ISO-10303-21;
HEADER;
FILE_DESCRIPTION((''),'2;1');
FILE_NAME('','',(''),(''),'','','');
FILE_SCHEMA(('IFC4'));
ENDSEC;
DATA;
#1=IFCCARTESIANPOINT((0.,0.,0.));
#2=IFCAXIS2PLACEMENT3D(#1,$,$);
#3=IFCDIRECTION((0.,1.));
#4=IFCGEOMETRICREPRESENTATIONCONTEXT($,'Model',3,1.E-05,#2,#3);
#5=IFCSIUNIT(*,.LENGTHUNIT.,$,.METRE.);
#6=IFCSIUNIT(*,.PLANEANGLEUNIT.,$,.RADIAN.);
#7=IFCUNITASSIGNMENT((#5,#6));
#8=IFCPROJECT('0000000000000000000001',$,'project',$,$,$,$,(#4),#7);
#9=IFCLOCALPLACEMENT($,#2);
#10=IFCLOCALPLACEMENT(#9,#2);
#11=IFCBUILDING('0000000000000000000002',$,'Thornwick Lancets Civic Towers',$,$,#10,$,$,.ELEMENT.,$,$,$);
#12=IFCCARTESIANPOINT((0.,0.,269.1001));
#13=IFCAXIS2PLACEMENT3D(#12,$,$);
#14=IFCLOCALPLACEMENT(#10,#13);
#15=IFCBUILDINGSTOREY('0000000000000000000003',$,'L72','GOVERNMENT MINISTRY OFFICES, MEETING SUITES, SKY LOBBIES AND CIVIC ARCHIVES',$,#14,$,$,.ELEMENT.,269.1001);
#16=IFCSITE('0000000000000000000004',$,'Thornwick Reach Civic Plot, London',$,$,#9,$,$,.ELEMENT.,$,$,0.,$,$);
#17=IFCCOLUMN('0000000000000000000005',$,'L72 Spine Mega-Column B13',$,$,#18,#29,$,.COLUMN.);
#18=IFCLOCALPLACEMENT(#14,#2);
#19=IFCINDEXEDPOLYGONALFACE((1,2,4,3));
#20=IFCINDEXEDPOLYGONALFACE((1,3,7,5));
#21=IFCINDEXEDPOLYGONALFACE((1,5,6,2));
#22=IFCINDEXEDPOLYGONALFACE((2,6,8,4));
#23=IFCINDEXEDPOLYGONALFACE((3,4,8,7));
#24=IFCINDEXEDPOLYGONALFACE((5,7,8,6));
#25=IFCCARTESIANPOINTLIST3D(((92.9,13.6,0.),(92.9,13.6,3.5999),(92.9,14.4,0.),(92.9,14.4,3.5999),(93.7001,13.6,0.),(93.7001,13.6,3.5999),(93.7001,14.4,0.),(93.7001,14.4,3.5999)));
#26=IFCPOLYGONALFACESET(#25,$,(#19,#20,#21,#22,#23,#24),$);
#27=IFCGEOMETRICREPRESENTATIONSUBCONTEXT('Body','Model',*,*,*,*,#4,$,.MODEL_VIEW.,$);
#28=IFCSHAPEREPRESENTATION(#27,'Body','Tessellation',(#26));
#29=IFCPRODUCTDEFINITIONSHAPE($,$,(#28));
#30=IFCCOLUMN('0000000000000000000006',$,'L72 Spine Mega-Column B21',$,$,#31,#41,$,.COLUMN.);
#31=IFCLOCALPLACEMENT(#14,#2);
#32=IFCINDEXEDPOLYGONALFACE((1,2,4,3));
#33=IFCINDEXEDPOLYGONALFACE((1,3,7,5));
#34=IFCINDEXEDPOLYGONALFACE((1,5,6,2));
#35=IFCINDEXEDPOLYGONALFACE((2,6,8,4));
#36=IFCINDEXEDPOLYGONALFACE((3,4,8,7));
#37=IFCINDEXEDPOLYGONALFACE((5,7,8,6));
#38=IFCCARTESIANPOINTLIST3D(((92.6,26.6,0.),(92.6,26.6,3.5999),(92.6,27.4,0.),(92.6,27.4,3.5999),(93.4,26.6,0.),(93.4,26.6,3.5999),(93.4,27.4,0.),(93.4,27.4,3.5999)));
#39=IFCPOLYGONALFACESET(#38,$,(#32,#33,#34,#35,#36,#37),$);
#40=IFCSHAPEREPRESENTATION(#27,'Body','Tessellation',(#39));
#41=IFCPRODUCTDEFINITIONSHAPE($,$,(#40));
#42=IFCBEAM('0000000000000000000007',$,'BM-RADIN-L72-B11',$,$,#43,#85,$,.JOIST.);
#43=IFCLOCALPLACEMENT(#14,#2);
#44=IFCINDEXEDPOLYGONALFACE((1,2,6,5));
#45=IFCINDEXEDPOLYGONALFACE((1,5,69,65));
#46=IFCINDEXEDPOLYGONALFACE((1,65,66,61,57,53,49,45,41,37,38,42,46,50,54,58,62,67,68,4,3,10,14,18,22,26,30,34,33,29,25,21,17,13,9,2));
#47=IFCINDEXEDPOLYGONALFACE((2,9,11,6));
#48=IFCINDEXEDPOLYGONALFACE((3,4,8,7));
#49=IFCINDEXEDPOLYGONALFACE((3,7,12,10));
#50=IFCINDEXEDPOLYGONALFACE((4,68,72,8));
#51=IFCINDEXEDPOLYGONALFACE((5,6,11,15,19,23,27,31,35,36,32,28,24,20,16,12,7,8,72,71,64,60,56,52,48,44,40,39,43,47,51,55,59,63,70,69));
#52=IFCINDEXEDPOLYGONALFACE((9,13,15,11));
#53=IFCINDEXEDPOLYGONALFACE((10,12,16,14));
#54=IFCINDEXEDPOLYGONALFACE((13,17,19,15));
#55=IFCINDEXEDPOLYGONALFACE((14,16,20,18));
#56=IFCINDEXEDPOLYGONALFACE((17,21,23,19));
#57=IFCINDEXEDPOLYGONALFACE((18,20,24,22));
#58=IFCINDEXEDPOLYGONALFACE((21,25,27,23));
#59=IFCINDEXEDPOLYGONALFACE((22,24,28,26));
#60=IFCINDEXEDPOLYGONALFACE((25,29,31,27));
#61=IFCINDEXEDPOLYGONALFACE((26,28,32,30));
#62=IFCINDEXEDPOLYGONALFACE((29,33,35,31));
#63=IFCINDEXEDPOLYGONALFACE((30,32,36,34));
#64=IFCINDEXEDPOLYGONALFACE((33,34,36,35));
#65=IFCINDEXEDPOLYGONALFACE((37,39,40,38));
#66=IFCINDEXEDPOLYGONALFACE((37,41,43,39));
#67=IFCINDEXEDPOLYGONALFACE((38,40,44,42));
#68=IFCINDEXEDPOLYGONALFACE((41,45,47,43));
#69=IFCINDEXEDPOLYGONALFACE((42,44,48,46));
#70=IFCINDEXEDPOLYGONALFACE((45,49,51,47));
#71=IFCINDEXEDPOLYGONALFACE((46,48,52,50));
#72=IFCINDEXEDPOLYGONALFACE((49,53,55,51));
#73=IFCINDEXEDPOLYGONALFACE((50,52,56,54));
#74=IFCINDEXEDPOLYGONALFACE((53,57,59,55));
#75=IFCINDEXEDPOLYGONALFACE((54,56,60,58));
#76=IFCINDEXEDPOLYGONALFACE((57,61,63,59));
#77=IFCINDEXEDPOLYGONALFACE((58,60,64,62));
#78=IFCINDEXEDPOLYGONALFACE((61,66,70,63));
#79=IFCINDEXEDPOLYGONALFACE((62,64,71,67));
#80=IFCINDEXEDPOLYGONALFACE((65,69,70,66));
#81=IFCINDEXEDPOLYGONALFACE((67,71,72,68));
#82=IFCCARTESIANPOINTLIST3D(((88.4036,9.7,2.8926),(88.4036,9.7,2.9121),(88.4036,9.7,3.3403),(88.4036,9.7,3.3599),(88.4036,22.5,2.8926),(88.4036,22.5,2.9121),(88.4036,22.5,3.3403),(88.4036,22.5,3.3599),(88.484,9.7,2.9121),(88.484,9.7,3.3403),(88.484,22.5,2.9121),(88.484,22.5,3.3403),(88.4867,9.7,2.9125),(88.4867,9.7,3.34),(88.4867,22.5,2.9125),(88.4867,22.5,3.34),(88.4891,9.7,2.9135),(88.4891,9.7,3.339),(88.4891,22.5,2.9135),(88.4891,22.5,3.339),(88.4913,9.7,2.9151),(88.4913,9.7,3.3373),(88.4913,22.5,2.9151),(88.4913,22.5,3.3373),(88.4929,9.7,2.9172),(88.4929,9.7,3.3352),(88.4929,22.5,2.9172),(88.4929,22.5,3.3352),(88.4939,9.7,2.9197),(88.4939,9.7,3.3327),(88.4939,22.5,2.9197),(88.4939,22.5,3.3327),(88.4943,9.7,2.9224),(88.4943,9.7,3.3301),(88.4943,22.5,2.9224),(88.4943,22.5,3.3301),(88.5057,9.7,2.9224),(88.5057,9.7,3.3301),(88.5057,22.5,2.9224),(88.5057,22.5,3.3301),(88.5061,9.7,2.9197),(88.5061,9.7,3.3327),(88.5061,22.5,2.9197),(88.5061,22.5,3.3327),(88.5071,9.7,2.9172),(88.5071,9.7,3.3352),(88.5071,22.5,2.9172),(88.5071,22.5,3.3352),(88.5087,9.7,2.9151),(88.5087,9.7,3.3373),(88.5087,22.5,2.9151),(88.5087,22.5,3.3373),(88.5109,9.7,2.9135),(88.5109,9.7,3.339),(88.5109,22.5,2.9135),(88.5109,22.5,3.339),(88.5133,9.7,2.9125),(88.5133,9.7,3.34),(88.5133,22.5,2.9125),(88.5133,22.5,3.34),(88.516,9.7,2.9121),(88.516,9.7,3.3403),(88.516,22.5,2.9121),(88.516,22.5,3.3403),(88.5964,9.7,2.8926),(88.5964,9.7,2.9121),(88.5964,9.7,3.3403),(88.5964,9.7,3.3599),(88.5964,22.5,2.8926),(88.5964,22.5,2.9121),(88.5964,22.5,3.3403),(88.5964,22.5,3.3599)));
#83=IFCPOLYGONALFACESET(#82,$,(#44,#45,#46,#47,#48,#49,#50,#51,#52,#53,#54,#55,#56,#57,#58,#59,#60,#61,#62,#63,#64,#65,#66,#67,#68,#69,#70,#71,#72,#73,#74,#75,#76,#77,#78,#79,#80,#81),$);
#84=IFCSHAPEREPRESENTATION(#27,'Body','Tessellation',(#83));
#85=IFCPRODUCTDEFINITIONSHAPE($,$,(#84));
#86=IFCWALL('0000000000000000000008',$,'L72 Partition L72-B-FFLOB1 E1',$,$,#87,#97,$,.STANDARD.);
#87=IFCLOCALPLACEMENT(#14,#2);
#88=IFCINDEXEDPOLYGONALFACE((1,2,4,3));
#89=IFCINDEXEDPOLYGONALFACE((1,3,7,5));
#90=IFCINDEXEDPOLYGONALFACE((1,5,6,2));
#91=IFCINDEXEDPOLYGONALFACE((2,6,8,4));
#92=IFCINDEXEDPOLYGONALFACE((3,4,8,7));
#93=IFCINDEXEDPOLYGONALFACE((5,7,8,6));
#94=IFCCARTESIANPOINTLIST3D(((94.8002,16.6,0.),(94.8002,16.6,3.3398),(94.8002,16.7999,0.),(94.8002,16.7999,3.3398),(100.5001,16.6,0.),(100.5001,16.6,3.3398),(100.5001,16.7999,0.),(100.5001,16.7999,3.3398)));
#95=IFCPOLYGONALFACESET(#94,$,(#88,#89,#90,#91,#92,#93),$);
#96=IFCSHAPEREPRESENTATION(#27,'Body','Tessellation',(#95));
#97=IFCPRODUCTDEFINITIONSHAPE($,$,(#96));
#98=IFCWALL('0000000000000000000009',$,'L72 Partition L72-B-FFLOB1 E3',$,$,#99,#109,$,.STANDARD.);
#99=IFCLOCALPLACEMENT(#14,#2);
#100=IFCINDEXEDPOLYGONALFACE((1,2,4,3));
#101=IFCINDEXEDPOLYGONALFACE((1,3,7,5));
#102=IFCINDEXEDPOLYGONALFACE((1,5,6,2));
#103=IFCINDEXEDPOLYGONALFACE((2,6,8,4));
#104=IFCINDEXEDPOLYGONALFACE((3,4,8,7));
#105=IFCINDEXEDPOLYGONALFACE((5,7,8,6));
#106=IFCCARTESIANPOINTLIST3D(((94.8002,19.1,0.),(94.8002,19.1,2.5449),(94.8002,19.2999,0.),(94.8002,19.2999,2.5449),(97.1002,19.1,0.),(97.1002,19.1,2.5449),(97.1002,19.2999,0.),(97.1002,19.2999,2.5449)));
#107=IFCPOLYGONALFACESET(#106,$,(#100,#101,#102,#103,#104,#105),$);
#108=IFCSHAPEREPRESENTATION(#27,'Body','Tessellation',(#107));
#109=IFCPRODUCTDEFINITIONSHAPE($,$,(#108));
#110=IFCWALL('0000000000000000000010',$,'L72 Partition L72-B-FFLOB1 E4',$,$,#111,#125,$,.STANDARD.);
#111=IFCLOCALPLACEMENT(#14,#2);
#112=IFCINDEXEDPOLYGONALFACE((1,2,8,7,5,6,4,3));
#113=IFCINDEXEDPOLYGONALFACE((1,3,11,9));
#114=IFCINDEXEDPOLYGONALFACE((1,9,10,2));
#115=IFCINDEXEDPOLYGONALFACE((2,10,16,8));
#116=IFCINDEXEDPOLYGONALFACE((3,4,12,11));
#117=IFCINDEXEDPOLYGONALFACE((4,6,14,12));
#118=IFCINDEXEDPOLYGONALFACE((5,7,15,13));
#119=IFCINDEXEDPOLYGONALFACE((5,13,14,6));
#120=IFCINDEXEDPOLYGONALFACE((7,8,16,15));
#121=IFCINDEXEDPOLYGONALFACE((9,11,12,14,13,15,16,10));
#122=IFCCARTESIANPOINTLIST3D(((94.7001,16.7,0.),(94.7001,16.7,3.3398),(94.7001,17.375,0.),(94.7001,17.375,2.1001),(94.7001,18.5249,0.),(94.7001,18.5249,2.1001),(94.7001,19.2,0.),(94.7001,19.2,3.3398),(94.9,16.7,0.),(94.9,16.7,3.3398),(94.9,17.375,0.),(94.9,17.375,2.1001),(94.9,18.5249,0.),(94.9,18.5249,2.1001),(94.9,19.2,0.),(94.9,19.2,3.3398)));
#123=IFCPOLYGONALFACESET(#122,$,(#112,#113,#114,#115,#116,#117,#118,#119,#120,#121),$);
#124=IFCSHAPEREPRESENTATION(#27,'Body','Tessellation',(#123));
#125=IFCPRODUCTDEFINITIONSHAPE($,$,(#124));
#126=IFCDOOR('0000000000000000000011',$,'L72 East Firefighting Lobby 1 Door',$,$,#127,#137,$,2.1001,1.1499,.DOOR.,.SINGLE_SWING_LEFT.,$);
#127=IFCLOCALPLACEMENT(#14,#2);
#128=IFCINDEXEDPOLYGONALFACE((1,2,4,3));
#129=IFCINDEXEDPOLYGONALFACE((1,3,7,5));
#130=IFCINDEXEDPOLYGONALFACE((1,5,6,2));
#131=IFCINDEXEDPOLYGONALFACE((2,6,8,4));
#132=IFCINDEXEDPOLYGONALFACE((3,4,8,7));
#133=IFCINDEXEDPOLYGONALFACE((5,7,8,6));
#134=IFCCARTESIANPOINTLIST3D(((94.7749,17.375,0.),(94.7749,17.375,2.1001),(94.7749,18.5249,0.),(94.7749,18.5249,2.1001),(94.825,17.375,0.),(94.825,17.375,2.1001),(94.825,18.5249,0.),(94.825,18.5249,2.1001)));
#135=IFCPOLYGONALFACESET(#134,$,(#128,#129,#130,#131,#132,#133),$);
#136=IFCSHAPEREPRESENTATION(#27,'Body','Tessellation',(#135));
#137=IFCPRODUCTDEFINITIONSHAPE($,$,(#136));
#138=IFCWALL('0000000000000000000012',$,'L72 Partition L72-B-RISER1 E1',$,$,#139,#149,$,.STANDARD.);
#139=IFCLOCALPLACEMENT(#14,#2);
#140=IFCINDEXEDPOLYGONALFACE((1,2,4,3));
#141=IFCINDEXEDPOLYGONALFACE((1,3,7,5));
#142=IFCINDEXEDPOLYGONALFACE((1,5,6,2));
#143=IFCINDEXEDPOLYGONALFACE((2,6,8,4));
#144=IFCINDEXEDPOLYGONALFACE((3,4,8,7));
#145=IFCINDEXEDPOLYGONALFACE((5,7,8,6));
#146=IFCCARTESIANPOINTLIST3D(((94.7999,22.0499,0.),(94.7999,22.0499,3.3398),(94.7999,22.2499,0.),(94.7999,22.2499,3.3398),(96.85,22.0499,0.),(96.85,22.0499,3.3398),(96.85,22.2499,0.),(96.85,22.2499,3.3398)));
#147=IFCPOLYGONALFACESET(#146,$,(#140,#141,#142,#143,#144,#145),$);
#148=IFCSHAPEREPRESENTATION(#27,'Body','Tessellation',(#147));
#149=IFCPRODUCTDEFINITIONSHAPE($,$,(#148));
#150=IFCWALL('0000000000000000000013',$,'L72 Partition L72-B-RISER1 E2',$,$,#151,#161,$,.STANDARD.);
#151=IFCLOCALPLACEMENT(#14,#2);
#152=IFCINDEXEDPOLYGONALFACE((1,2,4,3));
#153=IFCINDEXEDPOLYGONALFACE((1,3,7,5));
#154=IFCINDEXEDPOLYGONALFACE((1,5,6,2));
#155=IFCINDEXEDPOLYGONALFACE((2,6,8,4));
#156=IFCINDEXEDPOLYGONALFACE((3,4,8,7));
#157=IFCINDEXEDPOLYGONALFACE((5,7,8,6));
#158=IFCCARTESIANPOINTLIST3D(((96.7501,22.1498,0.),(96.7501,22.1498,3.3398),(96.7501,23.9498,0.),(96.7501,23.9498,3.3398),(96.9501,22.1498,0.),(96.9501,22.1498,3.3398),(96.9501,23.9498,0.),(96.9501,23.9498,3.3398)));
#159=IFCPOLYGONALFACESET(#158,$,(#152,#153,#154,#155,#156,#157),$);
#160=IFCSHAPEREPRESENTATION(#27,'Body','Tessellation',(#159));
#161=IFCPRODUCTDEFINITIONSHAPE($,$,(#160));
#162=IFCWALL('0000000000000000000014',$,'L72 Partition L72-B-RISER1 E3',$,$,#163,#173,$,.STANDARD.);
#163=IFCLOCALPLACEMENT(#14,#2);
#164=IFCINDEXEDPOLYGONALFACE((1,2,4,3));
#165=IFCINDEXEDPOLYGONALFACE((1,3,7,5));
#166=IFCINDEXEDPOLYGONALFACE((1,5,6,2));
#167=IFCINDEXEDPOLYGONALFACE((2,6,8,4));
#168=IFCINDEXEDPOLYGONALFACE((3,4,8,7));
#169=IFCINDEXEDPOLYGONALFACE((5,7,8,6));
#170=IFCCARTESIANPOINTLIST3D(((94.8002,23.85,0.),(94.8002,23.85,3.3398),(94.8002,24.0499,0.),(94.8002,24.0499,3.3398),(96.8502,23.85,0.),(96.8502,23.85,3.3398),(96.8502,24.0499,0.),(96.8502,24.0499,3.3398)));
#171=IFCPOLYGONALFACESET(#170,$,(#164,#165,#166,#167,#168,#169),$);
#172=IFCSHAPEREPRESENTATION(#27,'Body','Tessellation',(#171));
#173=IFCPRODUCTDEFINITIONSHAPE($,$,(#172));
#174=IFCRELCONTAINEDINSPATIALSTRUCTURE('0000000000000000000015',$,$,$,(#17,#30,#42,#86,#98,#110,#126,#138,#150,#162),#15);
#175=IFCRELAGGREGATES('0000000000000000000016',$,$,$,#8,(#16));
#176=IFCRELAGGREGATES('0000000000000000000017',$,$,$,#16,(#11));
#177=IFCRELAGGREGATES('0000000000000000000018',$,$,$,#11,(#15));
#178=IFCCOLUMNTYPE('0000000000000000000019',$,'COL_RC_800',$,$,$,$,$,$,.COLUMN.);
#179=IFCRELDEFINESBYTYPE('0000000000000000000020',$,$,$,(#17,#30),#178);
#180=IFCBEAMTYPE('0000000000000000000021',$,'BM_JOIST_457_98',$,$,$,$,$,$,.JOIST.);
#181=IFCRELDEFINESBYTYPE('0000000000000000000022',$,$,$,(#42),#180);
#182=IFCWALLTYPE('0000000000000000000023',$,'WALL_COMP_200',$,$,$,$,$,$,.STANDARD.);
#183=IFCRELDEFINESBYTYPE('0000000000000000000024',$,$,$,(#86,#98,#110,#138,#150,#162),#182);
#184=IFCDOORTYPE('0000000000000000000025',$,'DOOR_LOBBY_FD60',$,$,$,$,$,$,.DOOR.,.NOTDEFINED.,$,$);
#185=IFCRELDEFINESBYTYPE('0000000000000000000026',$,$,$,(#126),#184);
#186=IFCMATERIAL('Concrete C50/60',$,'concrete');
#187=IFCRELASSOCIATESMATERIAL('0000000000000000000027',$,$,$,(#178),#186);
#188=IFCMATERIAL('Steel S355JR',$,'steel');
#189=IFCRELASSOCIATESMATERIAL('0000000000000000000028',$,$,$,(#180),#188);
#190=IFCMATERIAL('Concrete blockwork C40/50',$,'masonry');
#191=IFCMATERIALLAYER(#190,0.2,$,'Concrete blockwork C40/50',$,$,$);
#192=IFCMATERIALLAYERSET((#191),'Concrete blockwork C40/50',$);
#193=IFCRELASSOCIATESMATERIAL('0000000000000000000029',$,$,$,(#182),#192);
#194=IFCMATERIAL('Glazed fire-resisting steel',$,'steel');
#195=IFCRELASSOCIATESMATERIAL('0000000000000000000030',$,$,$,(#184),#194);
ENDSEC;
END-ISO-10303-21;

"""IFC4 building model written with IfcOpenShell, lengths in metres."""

from ifc_helpers import new_model, si_unit, direction, frame, frame_2d, origin, origin_2d, place, context, subcontext, project, spatial, rectangle, i_section, extrude, material, layer, layer_set, material_profile, profile_set, type_object, element, fill, save


model = new_model("IFC4")

# Units and contexts
model_context = context("Model", 3, precision=1e-05, world=origin(), true_north=direction((0.0, 1.0)))
body_context = subcontext(model_context, "Body", "Model", "MODEL_VIEW")
ifc_project = project(units=[si_unit("LENGTHUNIT", "METRE"), si_unit("PLANEANGLEUNIT", "RADIAN")], contexts=[model_context])

# Site, building, storey
site_placement = place(None, origin())
site = spatial("IfcSite", under=ifc_project, at=site_placement, Name="Thornwick Reach Civic Plot, London", CompositionType="ELEMENT", RefElevation=0.0)
building_placement = place(site_placement, origin())
building = spatial("IfcBuilding", under=site, at=building_placement, Name="Thornwick Lancets Civic Towers", CompositionType="ELEMENT")
storey_placement = place(building_placement, frame((0.0, 0.0, 269.1001)))
storey = spatial("IfcBuildingStorey", under=building, at=storey_placement, Name="L72", Description="GOVERNMENT MINISTRY OFFICES, MEETING SUITES, SKY LOBBIES AND CIVIC ARCHIVES", CompositionType="ELEMENT", Elevation=269.1001)

# Columns
ifc_material_1 = material(Name="Concrete C50/60", Category="concrete")
ifc_material_profile_1 = material_profile(ifc_material_1, rectangle(XDim=0.8, YDim=0.8, at=origin_2d()), Name="RC 800x800")
ifc_profile_set_1 = profile_set([ifc_material_profile_1], Name="Concrete C50/60")
column_type = type_object("IfcColumnType", Name="COL_RC_800", PredefinedType="COLUMN", material=ifc_profile_set_1)
for number, where, z_axis, x_axis, name in (
    (1, (93.3, 14.0, 0.0), (0.0, 0.0, 1.0), (1.0, 0.0, 0.0), "L72 Spine Mega-Column B13"),
    (2, (93.0, 27.0, 0.0), (0.0, 0.0, 1.0), (1.0, 0.0, 0.0), "L72 Spine Mega-Column B21"),
):
    element("IfcColumn", number, at=place(storey_placement, frame(where, z_axis=z_axis, x_axis=x_axis)), inside=storey, type_object=column_type, Name=name, PredefinedType="COLUMN", context=body_context, shape_type="SweptSolid", body=[
        extrude(rectangle(XDim=0.8, YDim=0.8, at=origin_2d()), origin(), (0.0, 0.0, 1.0), 3.5999),
    ])

# Beam
ifc_material_2 = material(Name="Steel S355JR", Category="steel")
ifc_material_profile_2 = material_profile(ifc_material_2, i_section(OverallWidth=0.1929, OverallDepth=0.4673, WebThickness=0.0115, FlangeThickness=0.0195, FilletRadius=0.0103, at=origin_2d()), Name="UKB 457x191x98")
ifc_profile_set_2 = profile_set([ifc_material_profile_2], Name="Steel S355JR")
beam_type = type_object("IfcBeamType", Name="BM_JOIST_457_98", PredefinedType="JOIST", material=ifc_profile_set_2)
beam_placement = place(storey_placement, frame((88.5, 22.5, 3.1262), z_axis=(0.0, -1.0, 0.0), x_axis=(1.0, 0.0, 0.0)))
element("IfcBeam", 3, at=beam_placement, inside=storey, type_object=beam_type, Name="BM-RADIN-L72-B11", PredefinedType="JOIST", context=body_context, shape_type="SweptSolid", body=[
    extrude(i_section(OverallWidth=0.1929, OverallDepth=0.4673, WebThickness=0.0115, FlangeThickness=0.0195, FilletRadius=0.0103, at=origin_2d()), origin(), (0.0, 0.0, 1.0), 12.8),
])

# Walls
ifc_material_3 = material(Name="Concrete blockwork C40/50", Category="masonry")
ifc_layer_1 = layer(ifc_material_3, 0.2, Name="Concrete blockwork C40/50")
ifc_layer_set_1 = layer_set([ifc_layer_1], Name="Concrete blockwork C40/50")
wall_type_1 = type_object("IfcWallType", Name="WALL_COMP_200", PredefinedType="STANDARD", material=ifc_layer_set_1)
wall_1_placement = place(storey_placement, frame((94.8, 16.7, 0.0), z_axis=(0.0, 0.0, 1.0), x_axis=(1.0, 0.0, 0.0)))
element("IfcWall", 4, at=wall_1_placement, inside=storey, type_object=wall_type_1, Name="L72 Partition L72-B-FFLOB1 E1", PredefinedType="STANDARD", context=body_context, shape_type="SweptSolid", body=[
    extrude(rectangle(XDim=5.7, YDim=0.2, at=frame_2d((2.8501, 0.0))), origin(), (0.0, 0.0, 1.0), 3.3398),
])
wall_2_placement = place(storey_placement, frame((97.1001, 19.2, 0.0), z_axis=(0.0, 0.0, 1.0), x_axis=(-1.0, 0.0, 0.0)))
element("IfcWall", 5, at=wall_2_placement, inside=storey, type_object=wall_type_1, Name="L72 Partition L72-B-FFLOB1 E3", PredefinedType="STANDARD", context=body_context, shape_type="SweptSolid", body=[
    extrude(rectangle(XDim=2.3, YDim=0.2, at=frame_2d((1.1499, 0.0))), origin(), (0.0, 0.0, 1.0), 2.5449),
])

# Wall, opening, door
wall_3_placement = place(storey_placement, frame((94.8, 19.2, 0.0), z_axis=(0.0, 0.0, 1.0), x_axis=(0.0, -1.0, 0.0)))
wall_3 = element("IfcWall", 6, at=wall_3_placement, inside=storey, type_object=wall_type_1, Name="L72 Partition L72-B-FFLOB1 E4", PredefinedType="STANDARD", context=body_context, shape_type="SweptSolid", body=[
    extrude(rectangle(XDim=2.5, YDim=0.2, at=frame_2d((1.25, 0.0))), origin(), (0.0, 0.0, 1.0), 3.3398),
])
opening_1_placement = place(wall_3_placement, frame((0.675, 0.0, 0.0)))
opening_1 = element("IfcOpeningElement", 7, at=opening_1_placement, cuts=wall_3, PredefinedType="OPENING", context=body_context, shape_type="SweptSolid", body=[
    extrude(rectangle(XDim=1.1499, YDim=2.1001, at=frame_2d((0.575, 1.05))), frame((0.0, 0.1099, 0.0), z_axis=(0.0, -1.0, 0.0), x_axis=(1.0, 0.0, 0.0)), (0.0, 0.0, 1.0), 0.22),
])
ifc_material_4 = material(Name="Glazed fire-resisting steel", Category="steel")
door_type_1 = type_object("IfcDoorType", Name="DOOR_LOBBY_FD60", OperationType="NOTDEFINED", PredefinedType="DOOR", material=ifc_material_4)
door_1_placement = place(opening_1_placement, origin())
door_1 = element("IfcDoor", 8, at=door_1_placement, inside=storey, type_object=door_type_1, Name="L72 East Firefighting Lobby 1 Door", OperationType="SINGLE_SWING_LEFT", OverallHeight=2.1001, OverallWidth=1.1499, PredefinedType="DOOR", context=body_context, shape_type="SweptSolid", body=[
    extrude(rectangle(XDim=1.1499, YDim=2.1001, at=frame_2d((0.575, 1.05))), frame((0.0, 0.0249, 0.0), z_axis=(0.0, -1.0, 0.0), x_axis=(1.0, 0.0, 0.0)), (0.0, 0.0, 1.0), 0.05),
])
fill(opening_1, door_1)

# Walls
wall_4_placement = place(storey_placement, frame((94.8, 22.1499, 0.0), z_axis=(0.0, 0.0, 1.0), x_axis=(1.0, 0.0, 0.0)))
element("IfcWall", 9, at=wall_4_placement, inside=storey, type_object=wall_type_1, Name="L72 Partition L72-B-RISER1 E1", PredefinedType="STANDARD", context=body_context, shape_type="SweptSolid", body=[
    extrude(rectangle(XDim=2.05, YDim=0.2, at=frame_2d((1.0249, 0.0))), origin(), (0.0, 0.0, 1.0), 3.3398),
])
wall_5_placement = place(storey_placement, frame((96.8501, 22.1499, 0.0), z_axis=(0.0, 0.0, 1.0), x_axis=(0.0, 1.0, 0.0)))
element("IfcWall", 10, at=wall_5_placement, inside=storey, type_object=wall_type_1, Name="L72 Partition L72-B-RISER1 E2", PredefinedType="STANDARD", context=body_context, shape_type="SweptSolid", body=[
    extrude(rectangle(XDim=1.8, YDim=0.2, at=frame_2d((0.8999, 0.0))), origin(), (0.0, 0.0, 1.0), 3.3398),
])
wall_6_placement = place(storey_placement, frame((96.8501, 23.95, 0.0), z_axis=(0.0, 0.0, 1.0), x_axis=(-1.0, 0.0, 0.0)))
element("IfcWall", 11, at=wall_6_placement, inside=storey, type_object=wall_type_1, Name="L72 Partition L72-B-RISER1 E3", PredefinedType="STANDARD", context=body_context, shape_type="SweptSolid", body=[
    extrude(rectangle(XDim=2.05, YDim=0.2, at=frame_2d((1.0249, 0.0))), origin(), (0.0, 0.0, 1.0), 3.3398),
])

save(model, "model.ifc")
